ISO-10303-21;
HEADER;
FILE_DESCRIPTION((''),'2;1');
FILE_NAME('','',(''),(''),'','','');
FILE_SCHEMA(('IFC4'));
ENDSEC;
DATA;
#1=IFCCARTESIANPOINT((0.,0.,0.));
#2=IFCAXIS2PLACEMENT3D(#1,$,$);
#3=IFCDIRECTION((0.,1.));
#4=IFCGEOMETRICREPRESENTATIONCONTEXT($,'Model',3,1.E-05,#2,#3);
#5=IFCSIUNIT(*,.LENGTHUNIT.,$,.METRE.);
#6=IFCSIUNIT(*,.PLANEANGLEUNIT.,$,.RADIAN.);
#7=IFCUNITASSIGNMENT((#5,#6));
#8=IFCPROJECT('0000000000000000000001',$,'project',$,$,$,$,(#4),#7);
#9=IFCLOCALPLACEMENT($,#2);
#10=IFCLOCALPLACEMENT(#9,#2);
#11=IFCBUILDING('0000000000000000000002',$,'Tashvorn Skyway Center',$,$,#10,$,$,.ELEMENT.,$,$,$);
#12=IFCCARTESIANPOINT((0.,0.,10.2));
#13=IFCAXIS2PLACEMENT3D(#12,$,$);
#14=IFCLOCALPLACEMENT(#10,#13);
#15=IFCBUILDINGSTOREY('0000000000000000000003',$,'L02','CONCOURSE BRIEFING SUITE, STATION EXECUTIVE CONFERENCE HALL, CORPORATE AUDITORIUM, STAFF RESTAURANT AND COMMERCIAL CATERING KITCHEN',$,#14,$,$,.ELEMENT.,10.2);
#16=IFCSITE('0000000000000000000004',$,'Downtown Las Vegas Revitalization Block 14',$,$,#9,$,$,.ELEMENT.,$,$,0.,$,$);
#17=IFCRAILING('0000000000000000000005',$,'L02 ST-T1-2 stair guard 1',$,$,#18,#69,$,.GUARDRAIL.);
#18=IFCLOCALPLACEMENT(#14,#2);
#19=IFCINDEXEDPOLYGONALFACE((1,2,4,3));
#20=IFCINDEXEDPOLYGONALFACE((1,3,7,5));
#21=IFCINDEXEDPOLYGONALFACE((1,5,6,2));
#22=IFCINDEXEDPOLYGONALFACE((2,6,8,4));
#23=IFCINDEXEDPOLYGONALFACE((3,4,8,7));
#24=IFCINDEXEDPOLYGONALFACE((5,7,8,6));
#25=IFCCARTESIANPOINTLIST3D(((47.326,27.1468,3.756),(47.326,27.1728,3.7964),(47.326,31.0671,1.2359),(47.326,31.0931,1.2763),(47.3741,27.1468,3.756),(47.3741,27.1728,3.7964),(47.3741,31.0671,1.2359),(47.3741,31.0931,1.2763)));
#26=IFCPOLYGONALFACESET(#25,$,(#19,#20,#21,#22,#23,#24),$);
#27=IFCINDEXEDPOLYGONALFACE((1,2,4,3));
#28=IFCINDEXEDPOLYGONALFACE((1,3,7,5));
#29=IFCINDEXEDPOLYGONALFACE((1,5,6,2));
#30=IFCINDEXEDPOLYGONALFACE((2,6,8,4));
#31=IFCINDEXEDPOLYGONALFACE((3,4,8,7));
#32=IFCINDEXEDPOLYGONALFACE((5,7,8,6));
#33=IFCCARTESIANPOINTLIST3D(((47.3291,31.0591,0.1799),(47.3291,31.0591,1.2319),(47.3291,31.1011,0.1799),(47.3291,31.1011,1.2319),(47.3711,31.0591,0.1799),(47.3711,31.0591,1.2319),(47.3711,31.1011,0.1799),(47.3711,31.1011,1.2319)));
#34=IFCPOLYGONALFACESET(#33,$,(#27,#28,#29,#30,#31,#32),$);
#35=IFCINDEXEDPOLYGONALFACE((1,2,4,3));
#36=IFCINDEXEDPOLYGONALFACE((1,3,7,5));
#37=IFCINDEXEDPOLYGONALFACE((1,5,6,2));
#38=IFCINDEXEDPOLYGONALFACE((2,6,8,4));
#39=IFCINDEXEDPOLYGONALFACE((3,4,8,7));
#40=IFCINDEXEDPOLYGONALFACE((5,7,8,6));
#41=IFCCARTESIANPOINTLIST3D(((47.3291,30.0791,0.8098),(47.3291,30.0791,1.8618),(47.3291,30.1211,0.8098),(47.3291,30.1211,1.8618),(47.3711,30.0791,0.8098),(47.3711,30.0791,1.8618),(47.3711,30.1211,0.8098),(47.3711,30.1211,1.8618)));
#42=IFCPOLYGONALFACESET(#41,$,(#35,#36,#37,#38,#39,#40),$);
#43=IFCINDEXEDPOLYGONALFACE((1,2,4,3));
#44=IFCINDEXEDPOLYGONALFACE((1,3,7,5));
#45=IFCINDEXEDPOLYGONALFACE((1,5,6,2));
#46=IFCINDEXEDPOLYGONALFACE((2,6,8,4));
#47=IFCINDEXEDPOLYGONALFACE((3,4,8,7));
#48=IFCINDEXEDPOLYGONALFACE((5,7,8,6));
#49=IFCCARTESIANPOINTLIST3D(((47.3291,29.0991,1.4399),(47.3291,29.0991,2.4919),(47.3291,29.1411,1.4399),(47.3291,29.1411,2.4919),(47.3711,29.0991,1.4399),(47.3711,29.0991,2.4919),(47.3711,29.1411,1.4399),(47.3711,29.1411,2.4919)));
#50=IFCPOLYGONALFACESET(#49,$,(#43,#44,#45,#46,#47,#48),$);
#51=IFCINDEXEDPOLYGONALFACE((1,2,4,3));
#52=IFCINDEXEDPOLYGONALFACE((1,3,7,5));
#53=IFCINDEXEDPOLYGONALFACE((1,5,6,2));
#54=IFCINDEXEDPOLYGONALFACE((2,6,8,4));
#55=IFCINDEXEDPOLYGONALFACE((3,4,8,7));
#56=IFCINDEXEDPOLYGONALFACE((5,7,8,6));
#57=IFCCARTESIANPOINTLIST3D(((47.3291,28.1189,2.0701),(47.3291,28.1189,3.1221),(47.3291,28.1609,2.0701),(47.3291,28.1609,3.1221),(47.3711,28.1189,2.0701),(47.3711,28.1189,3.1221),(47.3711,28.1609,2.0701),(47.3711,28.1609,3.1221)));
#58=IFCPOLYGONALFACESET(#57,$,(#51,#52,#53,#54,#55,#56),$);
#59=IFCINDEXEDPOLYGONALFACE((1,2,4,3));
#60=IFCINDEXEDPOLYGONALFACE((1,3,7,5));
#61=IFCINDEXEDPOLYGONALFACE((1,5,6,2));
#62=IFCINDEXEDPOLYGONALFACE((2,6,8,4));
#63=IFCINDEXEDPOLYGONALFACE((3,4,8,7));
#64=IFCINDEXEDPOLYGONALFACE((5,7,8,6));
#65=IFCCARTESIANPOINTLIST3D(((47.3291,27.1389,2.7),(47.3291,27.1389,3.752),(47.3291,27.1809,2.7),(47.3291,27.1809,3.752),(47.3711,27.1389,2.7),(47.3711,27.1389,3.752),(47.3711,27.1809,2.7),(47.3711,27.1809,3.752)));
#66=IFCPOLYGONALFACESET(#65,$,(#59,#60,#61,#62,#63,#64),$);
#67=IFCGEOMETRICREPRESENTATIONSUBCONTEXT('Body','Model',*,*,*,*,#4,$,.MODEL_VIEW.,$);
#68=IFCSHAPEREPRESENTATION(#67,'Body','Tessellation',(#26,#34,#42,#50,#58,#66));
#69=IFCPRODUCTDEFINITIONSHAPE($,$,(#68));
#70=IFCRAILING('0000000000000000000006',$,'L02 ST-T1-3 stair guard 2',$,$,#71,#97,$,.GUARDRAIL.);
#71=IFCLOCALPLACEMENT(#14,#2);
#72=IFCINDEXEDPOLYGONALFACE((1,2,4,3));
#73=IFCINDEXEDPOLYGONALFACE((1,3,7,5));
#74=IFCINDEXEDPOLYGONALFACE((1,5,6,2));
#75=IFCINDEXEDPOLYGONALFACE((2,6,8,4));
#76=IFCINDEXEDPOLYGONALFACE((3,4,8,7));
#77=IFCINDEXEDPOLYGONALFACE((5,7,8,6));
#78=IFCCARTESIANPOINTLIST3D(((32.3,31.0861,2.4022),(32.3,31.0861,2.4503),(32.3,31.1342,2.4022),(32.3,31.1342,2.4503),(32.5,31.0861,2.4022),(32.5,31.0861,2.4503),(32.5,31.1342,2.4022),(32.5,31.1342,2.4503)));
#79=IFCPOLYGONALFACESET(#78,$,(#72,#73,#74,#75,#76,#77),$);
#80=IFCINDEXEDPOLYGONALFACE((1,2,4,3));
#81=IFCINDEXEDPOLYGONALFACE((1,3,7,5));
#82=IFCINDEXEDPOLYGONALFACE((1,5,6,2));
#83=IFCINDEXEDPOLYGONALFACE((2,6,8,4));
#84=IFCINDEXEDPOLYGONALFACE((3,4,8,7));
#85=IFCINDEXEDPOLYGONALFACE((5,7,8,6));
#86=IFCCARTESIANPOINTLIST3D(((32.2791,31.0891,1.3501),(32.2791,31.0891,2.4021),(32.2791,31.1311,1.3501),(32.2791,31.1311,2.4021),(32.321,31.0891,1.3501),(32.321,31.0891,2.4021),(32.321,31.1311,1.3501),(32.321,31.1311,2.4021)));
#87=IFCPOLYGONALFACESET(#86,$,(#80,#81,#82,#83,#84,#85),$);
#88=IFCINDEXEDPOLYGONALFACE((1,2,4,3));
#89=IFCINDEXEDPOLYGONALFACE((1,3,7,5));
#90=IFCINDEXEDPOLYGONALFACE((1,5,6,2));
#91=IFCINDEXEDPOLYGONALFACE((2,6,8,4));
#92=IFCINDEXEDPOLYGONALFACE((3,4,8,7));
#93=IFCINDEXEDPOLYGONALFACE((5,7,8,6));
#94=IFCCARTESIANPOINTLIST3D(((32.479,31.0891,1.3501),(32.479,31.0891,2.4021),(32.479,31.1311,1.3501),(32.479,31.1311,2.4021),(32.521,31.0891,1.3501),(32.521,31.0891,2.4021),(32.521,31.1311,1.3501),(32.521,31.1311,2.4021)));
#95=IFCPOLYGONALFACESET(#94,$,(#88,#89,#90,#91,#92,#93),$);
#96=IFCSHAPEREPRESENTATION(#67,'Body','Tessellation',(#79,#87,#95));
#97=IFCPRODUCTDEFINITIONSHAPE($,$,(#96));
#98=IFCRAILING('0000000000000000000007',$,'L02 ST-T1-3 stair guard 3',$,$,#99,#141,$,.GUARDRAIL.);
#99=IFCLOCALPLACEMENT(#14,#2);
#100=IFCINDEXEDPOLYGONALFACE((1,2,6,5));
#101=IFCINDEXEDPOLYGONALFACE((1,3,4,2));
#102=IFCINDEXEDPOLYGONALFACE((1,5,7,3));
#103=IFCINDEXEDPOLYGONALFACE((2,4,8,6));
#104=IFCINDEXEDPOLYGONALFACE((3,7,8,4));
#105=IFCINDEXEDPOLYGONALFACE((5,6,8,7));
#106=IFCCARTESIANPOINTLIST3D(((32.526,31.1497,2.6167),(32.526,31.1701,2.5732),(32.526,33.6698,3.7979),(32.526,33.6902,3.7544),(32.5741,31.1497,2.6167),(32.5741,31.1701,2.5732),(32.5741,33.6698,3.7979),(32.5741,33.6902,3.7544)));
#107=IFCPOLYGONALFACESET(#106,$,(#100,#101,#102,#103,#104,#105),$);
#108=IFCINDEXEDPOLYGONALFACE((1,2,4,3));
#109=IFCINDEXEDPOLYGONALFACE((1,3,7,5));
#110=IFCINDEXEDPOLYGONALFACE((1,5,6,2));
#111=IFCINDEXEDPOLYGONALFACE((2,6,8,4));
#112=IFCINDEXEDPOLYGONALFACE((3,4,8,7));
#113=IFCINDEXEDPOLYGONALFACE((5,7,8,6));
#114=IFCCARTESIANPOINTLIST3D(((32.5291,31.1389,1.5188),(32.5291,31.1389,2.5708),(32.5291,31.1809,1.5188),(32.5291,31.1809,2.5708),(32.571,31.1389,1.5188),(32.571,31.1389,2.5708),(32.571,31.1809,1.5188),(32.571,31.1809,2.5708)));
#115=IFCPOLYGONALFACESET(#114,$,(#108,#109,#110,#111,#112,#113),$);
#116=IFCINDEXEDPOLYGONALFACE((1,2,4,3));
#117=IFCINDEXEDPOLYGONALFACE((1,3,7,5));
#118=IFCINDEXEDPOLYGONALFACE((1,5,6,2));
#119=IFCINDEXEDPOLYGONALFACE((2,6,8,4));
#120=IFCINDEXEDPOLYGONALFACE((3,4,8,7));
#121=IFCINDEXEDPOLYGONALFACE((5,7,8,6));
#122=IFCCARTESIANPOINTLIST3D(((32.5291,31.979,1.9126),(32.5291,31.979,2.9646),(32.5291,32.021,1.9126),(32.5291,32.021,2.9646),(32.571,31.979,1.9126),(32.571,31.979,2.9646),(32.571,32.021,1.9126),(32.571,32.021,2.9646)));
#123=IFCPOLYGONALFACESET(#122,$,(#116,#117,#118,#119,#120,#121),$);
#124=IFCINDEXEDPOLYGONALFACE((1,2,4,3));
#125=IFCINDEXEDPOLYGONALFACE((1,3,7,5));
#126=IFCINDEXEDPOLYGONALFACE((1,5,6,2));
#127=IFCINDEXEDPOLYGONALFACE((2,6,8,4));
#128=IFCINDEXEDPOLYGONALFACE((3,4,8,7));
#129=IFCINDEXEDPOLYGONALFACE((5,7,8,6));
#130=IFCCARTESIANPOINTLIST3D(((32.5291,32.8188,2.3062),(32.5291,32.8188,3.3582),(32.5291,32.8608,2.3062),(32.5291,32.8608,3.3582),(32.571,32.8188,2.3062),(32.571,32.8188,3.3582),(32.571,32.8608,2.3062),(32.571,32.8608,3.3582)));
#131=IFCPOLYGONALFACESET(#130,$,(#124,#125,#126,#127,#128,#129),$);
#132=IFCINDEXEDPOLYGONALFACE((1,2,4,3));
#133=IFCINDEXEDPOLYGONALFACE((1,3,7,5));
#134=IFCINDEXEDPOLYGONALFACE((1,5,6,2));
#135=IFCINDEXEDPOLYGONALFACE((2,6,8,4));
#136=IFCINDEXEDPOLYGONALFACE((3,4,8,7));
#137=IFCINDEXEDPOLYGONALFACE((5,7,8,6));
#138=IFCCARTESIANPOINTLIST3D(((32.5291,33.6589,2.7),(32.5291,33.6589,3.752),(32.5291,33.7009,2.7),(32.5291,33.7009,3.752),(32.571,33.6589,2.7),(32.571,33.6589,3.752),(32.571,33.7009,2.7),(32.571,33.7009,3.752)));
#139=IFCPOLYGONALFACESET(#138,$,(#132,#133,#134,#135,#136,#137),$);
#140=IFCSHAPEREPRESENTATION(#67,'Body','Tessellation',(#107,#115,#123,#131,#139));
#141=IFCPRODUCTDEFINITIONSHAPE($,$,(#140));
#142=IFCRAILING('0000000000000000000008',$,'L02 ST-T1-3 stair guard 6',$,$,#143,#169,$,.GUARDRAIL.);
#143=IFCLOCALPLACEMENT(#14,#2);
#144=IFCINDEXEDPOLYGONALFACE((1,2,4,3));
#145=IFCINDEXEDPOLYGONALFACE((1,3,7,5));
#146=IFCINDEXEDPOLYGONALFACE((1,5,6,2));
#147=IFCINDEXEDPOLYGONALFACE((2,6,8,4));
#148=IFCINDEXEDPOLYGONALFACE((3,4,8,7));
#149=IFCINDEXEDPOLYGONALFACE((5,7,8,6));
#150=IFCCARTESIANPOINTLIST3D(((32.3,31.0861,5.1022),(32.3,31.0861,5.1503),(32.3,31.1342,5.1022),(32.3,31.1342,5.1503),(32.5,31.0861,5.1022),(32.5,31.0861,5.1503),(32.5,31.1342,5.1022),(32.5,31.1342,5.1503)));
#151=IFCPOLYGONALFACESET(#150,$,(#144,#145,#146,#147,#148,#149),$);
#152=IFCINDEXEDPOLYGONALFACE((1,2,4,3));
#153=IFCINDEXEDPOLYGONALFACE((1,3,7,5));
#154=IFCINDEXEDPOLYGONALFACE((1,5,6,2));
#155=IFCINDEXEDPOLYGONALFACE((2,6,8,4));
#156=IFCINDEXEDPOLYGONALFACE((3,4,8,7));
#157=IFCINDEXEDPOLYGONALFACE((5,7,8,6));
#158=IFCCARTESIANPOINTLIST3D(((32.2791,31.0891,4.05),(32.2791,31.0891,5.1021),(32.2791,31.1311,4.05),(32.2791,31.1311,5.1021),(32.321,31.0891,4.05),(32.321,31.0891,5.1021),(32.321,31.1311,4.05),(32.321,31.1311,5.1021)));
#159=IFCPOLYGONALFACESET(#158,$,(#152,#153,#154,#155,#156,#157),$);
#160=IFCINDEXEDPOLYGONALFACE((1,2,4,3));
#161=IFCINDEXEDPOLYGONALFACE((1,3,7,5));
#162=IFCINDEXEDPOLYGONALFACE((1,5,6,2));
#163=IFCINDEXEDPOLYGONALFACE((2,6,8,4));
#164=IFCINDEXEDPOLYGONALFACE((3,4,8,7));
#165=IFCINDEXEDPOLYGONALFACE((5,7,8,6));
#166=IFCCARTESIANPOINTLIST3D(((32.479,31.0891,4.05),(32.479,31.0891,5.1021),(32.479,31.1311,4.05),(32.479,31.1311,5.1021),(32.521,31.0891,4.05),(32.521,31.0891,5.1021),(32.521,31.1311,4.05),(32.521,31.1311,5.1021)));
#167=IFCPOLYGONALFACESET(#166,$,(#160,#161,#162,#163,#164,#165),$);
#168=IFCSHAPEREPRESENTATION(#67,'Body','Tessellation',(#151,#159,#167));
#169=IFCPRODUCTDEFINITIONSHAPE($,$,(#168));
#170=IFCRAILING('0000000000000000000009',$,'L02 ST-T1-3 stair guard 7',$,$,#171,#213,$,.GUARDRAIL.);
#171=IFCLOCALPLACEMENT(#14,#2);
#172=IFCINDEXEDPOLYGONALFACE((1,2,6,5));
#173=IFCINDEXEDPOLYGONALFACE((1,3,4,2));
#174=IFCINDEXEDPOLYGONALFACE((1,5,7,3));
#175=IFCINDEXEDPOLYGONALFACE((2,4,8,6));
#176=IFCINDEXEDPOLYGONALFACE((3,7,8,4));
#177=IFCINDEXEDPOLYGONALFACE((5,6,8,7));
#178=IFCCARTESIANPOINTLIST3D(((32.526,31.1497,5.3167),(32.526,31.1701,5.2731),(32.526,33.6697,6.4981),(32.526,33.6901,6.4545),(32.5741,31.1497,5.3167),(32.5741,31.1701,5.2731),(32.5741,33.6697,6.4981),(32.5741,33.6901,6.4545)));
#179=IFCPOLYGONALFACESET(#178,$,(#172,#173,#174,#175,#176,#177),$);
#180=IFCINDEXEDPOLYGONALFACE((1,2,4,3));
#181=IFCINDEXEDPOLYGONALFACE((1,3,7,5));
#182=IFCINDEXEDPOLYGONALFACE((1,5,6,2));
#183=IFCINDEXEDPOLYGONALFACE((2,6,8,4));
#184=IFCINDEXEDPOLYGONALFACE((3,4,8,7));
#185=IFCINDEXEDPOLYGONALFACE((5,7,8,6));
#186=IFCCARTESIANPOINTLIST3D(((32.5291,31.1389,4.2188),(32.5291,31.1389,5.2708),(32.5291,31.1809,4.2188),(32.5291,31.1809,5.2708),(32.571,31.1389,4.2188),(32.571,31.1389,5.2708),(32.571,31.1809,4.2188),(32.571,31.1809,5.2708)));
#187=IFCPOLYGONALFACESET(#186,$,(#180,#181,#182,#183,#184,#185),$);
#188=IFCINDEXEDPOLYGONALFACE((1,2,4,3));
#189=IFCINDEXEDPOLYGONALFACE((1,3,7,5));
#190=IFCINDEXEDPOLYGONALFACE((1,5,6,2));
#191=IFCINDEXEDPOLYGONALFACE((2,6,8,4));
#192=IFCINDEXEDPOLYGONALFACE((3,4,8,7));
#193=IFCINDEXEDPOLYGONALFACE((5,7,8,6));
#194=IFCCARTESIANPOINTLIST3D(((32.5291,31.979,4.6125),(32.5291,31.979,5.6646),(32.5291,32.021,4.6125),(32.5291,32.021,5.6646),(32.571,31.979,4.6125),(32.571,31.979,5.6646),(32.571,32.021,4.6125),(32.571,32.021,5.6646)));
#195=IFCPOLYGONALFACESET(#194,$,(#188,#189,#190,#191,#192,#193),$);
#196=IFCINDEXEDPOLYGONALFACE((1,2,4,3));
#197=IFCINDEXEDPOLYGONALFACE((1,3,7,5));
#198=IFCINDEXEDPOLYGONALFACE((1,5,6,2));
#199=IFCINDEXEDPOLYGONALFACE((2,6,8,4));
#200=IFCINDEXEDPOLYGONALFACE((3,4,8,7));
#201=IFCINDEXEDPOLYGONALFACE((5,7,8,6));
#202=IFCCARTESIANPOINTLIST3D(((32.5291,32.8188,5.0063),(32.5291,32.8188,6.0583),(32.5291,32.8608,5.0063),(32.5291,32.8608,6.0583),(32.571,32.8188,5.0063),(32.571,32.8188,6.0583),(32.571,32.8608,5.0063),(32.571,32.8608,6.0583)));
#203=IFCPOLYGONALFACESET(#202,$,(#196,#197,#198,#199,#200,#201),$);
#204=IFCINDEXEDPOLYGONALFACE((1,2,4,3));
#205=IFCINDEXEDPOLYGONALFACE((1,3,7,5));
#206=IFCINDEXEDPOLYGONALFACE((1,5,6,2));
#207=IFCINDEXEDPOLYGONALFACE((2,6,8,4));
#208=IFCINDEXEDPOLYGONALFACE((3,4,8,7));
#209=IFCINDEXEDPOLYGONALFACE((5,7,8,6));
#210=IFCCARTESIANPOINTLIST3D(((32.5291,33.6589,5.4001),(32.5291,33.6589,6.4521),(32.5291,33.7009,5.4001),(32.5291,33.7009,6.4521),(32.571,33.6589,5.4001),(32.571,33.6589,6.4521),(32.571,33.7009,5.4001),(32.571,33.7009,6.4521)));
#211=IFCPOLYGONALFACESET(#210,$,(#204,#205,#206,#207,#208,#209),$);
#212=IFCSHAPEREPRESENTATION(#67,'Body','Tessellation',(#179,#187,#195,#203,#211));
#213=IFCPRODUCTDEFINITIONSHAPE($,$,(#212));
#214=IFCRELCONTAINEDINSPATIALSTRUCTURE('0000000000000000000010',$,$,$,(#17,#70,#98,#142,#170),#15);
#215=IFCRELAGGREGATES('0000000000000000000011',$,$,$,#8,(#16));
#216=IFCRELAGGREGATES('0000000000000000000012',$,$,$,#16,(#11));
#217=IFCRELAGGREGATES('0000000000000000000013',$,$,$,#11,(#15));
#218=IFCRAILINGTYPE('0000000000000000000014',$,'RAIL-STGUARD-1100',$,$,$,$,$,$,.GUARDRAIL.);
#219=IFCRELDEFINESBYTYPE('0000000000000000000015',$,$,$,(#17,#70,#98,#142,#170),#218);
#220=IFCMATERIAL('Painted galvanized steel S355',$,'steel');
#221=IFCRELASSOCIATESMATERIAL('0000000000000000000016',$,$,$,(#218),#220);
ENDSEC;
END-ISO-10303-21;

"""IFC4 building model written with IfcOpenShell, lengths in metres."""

from ifc_helpers import new_model, si_unit, direction, frame, origin, origin_2d, place, context, subcontext, project, spatial, rectangle, extrude, material, type_object, element, save


model = new_model("IFC4")

# Units and contexts
model_context = context("Model", 3, precision=1e-05, world=origin(), true_north=direction((0.0, 1.0)))
body_context = subcontext(model_context, "Body", "Model", "MODEL_VIEW")
ifc_project = project(units=[si_unit("LENGTHUNIT", "METRE"), si_unit("PLANEANGLEUNIT", "RADIAN")], contexts=[model_context])

# Site, building, storey
site_placement = place(None, origin())
site = spatial("IfcSite", under=ifc_project, at=site_placement, Name="Downtown Las Vegas Revitalization Block 14", CompositionType="ELEMENT", RefElevation=0.0)
building_placement = place(site_placement, origin())
building = spatial("IfcBuilding", under=site, at=building_placement, Name="Tashvorn Skyway Center", CompositionType="ELEMENT")
storey_placement = place(building_placement, frame((0.0, 0.0, 10.2)))
storey = spatial("IfcBuildingStorey", under=building, at=storey_placement, Name="L02", Description="CONCOURSE BRIEFING SUITE, STATION EXECUTIVE CONFERENCE HALL, CORPORATE AUDITORIUM, STAFF RESTAURANT AND COMMERCIAL CATERING KITCHEN", CompositionType="ELEMENT", Elevation=10.2)

# Railings
ifc_material_1 = material(Name="Painted galvanized steel S355", Category="steel")
railing_type_1 = type_object("IfcRailingType", Name="RAIL-STGUARD-1100", PredefinedType="GUARDRAIL", material=ifc_material_1)
railing_1_placement = place(storey_placement, frame((47.3501, 31.0801, 0.1799)))
element("IfcRailing", 1, at=railing_1_placement, inside=storey, type_object=railing_type_1, Name="L02 ST-T1-2 stair guard 1", PredefinedType="GUARDRAIL", context=body_context, shape_type="SweptSolid", body=[
    extrude(rectangle(XDim=0.0481, YDim=0.0481, at=origin_2d()), frame((0.0, 0.0, 1.0762), z_axis=(0.0, -0.841187, 0.540744), x_axis=(1.0, 0.0, 0.0)), (0.0, 0.0, 1.0), 4.6604),
    extrude(rectangle(XDim=0.042, YDim=0.042, at=origin_2d()), origin(), (0.0, 0.0, 1.0), 1.052),
    extrude(rectangle(XDim=0.042, YDim=0.042, at=origin_2d()), frame((0.0, -0.98, 0.6299)), (0.0, 0.0, 1.0), 1.052),
    extrude(rectangle(XDim=0.042, YDim=0.042, at=origin_2d()), frame((0.0, -1.96, 1.26)), (0.0, 0.0, 1.0), 1.052),
    extrude(rectangle(XDim=0.042, YDim=0.042, at=origin_2d()), frame((0.0, -2.9402, 1.8901)), (0.0, 0.0, 1.0), 1.052),
    extrude(rectangle(XDim=0.042, YDim=0.042, at=origin_2d()), frame((0.0, -3.9202, 2.52)), (0.0, 0.0, 1.0), 1.052),
])
railing_2_placement = place(storey_placement, frame((32.3, 31.1101, 1.3501)))
element("IfcRailing", 2, at=railing_2_placement, inside=storey, type_object=railing_type_1, Name="L02 ST-T1-3 stair guard 2", PredefinedType="GUARDRAIL", context=body_context, shape_type="SweptSolid", body=[
    extrude(rectangle(XDim=0.0481, YDim=0.0481, at=origin_2d()), frame((0.0, 0.0, 1.0762), z_axis=(1.0, 0.0, 0.0), x_axis=(0.0, 1.0, 0.0)), (0.0, 0.0, 1.0), 0.2),
    extrude(rectangle(XDim=0.042, YDim=0.042, at=origin_2d()), origin(), (0.0, 0.0, 1.0), 1.052),
    extrude(rectangle(XDim=0.042, YDim=0.042, at=origin_2d()), frame((0.2, 0.0, 0.0)), (0.0, 0.0, 1.0), 1.052),
])
railing_3_placement = place(storey_placement, frame((32.55, 31.1599, 1.5188)))
element("IfcRailing", 3, at=railing_3_placement, inside=storey, type_object=railing_type_1, Name="L02 ST-T1-3 stair guard 3", PredefinedType="GUARDRAIL", context=body_context, shape_type="SweptSolid", body=[
    extrude(rectangle(XDim=0.0481, YDim=0.0481, at=origin_2d()), frame((0.0, 0.0, 1.0762), z_axis=(0.0, 0.905474, 0.424402), x_axis=(-1.0, 0.0, 0.0)), (0.0, 0.0, 1.0), 2.7832),
    extrude(rectangle(XDim=0.042, YDim=0.042, at=origin_2d()), origin(), (0.0, 0.0, 1.0), 1.052),
    extrude(rectangle(XDim=0.042, YDim=0.042, at=origin_2d()), frame((0.0, 0.8401, 0.3938)), (0.0, 0.0, 1.0), 1.052),
    extrude(rectangle(XDim=0.042, YDim=0.042, at=origin_2d()), frame((0.0, 1.6799, 0.7874)), (0.0, 0.0, 1.0), 1.052),
    extrude(rectangle(XDim=0.042, YDim=0.042, at=origin_2d()), frame((0.0, 2.52, 1.1812)), (0.0, 0.0, 1.0), 1.052),
])
railing_4_placement = place(storey_placement, frame((32.3, 31.1101, 4.05)))
element("IfcRailing", 4, at=railing_4_placement, inside=storey, type_object=railing_type_1, Name="L02 ST-T1-3 stair guard 6", PredefinedType="GUARDRAIL", context=body_context, shape_type="SweptSolid", body=[
    extrude(rectangle(XDim=0.0481, YDim=0.0481, at=origin_2d()), frame((0.0, 0.0, 1.0762), z_axis=(1.0, 0.0, 0.0), x_axis=(0.0, 1.0, 0.0)), (0.0, 0.0, 1.0), 0.2),
    extrude(rectangle(XDim=0.042, YDim=0.042, at=origin_2d()), origin(), (0.0, 0.0, 1.0), 1.052),
    extrude(rectangle(XDim=0.042, YDim=0.042, at=origin_2d()), frame((0.2, 0.0, 0.0)), (0.0, 0.0, 1.0), 1.052),
])
railing_5_placement = place(storey_placement, frame((32.55, 31.1599, 4.2188)))
element("IfcRailing", 5, at=railing_5_placement, inside=storey, type_object=railing_type_1, Name="L02 ST-T1-3 stair guard 7", PredefinedType="GUARDRAIL", context=body_context, shape_type="SweptSolid", body=[
    extrude(rectangle(XDim=0.0481, YDim=0.0481, at=origin_2d()), frame((0.0, 0.0, 1.0762), z_axis=(0.0, 0.90544, 0.424474), x_axis=(-1.0, 0.0, 0.0)), (0.0, 0.0, 1.0), 2.7832),
    extrude(rectangle(XDim=0.042, YDim=0.042, at=origin_2d()), origin(), (0.0, 0.0, 1.0), 1.052),
    extrude(rectangle(XDim=0.042, YDim=0.042, at=origin_2d()), frame((0.0, 0.8401, 0.3938)), (0.0, 0.0, 1.0), 1.052),
    extrude(rectangle(XDim=0.042, YDim=0.042, at=origin_2d()), frame((0.0, 1.6799, 0.7876)), (0.0, 0.0, 1.0), 1.052),
    extrude(rectangle(XDim=0.042, YDim=0.042, at=origin_2d()), frame((0.0, 2.52, 1.1814)), (0.0, 0.0, 1.0), 1.052),
])

save(model, "model.ifc")
